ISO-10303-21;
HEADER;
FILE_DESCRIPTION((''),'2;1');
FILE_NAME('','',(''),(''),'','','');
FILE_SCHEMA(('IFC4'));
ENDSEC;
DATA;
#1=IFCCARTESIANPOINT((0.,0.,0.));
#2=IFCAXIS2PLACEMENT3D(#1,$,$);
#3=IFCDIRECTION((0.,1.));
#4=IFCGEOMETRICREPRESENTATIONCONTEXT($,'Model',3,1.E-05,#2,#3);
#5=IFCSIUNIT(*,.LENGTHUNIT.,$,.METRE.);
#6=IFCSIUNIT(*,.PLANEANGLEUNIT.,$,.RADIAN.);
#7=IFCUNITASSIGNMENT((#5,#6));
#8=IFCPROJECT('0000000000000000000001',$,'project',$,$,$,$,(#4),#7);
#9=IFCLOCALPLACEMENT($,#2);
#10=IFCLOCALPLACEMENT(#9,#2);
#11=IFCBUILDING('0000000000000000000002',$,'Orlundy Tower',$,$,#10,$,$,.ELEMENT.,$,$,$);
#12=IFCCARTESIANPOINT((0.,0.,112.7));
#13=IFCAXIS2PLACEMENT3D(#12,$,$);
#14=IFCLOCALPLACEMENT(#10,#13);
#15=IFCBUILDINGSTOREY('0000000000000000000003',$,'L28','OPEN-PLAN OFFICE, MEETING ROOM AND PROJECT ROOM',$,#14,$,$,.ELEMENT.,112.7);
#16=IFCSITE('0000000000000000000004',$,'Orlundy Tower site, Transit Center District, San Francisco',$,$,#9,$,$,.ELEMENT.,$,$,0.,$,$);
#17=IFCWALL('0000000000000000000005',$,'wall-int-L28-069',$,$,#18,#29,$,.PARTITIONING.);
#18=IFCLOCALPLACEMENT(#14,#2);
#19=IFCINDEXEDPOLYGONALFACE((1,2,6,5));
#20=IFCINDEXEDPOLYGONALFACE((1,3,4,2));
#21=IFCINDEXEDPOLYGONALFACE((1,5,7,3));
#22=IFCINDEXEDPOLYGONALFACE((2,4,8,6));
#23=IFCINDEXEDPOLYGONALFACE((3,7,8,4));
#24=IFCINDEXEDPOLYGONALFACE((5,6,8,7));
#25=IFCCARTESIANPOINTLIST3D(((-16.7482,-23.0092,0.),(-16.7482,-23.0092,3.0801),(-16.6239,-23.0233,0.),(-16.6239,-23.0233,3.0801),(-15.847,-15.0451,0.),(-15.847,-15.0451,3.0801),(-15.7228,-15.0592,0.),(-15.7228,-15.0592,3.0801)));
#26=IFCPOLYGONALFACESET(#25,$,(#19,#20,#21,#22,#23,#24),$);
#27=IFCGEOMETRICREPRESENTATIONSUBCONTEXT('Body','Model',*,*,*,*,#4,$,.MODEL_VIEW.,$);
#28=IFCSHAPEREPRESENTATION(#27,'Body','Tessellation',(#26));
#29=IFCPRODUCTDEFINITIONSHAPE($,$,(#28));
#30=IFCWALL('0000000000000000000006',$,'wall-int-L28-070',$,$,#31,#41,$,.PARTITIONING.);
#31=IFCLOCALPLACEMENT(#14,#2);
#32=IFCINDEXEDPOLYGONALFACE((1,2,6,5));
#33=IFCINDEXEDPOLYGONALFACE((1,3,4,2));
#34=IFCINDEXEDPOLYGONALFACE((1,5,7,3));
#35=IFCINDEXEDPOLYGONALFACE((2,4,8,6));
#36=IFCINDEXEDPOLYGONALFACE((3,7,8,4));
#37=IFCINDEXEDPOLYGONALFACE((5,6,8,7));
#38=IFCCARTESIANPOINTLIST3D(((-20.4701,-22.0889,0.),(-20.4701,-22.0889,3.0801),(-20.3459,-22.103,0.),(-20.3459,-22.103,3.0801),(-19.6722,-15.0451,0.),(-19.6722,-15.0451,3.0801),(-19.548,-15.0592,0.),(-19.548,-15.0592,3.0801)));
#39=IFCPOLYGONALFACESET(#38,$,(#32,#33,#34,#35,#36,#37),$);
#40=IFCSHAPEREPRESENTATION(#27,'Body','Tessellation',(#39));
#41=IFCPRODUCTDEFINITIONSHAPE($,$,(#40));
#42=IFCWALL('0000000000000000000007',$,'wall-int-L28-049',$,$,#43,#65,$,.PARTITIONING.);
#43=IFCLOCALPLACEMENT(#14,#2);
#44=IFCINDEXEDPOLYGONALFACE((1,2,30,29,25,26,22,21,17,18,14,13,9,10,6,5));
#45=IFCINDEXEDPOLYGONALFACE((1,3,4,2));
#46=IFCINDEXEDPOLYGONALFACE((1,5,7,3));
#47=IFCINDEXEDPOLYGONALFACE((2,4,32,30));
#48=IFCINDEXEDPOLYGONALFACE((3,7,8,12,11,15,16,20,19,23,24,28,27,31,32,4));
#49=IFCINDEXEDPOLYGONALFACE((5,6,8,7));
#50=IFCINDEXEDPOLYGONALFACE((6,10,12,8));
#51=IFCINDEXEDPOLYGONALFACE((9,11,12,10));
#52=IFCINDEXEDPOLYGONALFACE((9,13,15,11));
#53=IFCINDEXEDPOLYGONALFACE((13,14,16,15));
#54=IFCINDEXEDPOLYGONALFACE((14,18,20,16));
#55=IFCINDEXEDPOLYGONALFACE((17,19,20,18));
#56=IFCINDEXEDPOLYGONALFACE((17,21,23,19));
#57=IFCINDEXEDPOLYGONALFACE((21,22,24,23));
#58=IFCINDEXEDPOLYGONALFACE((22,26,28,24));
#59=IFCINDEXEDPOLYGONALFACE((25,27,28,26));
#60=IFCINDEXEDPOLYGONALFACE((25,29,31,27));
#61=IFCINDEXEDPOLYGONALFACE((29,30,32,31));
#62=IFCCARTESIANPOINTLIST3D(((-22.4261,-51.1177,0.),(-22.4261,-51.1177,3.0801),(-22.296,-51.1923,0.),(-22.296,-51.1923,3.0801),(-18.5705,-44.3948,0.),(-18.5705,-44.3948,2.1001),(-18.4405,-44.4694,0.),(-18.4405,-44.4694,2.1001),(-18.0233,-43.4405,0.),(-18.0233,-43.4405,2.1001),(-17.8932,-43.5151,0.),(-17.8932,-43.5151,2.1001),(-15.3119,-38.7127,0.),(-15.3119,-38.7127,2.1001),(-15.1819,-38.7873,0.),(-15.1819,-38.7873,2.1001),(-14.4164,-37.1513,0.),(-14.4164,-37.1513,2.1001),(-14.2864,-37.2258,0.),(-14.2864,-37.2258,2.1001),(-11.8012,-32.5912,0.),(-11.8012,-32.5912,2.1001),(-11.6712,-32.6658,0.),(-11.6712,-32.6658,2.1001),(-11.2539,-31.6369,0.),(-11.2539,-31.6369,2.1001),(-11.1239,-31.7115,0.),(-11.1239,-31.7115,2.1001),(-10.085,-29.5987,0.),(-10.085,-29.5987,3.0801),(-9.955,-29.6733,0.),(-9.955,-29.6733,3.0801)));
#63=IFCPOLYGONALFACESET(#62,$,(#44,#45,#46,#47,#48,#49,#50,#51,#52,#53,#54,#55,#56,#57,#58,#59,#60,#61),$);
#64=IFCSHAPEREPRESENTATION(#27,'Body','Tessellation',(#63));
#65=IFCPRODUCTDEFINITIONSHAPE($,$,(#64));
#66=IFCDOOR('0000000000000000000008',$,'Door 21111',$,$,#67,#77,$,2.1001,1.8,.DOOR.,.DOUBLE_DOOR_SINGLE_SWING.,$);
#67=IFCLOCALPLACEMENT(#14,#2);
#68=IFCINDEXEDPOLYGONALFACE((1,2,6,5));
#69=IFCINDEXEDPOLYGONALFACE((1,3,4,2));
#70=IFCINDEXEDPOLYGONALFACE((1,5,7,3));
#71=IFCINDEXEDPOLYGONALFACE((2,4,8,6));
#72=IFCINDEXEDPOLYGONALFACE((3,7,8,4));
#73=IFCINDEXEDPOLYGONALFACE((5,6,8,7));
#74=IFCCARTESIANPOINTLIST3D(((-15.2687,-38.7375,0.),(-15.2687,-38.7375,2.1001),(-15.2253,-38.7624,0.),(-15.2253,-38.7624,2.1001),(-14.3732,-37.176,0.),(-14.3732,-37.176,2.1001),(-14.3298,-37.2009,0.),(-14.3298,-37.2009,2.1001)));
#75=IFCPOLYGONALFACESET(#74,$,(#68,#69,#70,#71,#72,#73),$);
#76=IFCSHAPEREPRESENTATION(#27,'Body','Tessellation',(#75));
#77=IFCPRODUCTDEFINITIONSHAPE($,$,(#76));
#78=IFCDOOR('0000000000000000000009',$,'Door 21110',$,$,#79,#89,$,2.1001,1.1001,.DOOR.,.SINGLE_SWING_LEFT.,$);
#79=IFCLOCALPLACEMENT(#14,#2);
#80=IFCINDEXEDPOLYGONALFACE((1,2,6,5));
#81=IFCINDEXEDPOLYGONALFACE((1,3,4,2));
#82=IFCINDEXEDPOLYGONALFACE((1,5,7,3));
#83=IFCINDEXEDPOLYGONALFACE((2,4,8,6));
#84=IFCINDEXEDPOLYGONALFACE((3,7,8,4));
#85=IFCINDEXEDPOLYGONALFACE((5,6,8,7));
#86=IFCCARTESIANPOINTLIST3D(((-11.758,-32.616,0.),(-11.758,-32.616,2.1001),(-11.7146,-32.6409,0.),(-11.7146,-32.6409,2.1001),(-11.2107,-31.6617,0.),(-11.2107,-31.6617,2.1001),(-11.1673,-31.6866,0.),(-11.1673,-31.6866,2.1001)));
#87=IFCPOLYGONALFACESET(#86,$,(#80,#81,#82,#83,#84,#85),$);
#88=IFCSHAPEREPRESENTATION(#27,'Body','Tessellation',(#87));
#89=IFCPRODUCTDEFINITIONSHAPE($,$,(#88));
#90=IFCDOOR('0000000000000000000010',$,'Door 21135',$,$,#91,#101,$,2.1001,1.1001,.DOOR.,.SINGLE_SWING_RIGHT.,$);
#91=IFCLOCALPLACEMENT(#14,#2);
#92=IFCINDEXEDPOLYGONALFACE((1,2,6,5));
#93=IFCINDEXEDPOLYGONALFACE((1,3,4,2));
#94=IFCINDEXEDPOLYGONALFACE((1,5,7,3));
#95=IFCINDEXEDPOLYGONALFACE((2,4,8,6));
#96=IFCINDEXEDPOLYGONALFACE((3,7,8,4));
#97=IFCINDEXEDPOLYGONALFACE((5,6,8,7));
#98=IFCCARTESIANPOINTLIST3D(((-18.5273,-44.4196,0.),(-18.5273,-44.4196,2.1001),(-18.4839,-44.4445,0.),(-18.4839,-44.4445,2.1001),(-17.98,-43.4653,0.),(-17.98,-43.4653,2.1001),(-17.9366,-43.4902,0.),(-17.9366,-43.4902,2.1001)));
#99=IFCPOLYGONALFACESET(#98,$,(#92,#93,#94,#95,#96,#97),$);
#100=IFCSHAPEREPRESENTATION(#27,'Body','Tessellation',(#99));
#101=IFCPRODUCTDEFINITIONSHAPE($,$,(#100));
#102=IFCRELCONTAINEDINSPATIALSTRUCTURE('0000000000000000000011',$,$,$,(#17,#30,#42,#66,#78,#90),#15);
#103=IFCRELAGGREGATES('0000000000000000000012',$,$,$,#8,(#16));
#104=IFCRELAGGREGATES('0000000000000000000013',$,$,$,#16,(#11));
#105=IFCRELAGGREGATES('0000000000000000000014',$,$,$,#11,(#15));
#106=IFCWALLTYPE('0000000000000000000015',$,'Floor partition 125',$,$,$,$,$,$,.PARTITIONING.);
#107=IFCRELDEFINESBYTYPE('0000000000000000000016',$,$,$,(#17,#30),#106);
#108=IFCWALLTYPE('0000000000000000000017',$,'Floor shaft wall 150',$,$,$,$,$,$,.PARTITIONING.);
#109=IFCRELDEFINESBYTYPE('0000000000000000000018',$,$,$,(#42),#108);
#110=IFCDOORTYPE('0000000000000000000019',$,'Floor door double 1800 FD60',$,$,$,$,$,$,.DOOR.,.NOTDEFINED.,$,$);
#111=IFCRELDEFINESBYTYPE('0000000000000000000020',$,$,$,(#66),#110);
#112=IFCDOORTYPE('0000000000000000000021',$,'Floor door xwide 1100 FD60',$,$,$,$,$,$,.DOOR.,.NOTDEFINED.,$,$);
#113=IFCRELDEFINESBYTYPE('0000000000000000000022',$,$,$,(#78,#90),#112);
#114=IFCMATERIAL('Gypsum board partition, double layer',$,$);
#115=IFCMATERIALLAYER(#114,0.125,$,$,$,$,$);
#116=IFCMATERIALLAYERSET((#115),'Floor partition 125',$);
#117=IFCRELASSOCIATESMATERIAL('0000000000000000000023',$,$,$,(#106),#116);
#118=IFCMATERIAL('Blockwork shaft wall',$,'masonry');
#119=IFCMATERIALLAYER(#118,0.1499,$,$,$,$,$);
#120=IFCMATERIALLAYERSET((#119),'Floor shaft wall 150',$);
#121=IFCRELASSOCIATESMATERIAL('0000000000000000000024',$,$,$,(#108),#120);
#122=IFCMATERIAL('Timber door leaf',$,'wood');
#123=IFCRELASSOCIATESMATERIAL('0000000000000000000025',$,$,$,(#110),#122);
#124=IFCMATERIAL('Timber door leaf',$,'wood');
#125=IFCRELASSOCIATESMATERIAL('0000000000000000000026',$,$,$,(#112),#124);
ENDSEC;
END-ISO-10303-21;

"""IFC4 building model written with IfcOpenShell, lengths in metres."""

from ifc_helpers import new_model, si_unit, direction, frame, frame_2d, origin, place, context, subcontext, project, spatial, rectangle, extrude, material, layer, layer_set, type_object, element, fill, save


model = new_model("IFC4")

# Units and contexts
model_context = context("Model", 3, precision=1e-05, world=origin(), true_north=direction((0.0, 1.0)))
body_context = subcontext(model_context, "Body", "Model", "MODEL_VIEW")
ifc_project = project(units=[si_unit("LENGTHUNIT", "METRE"), si_unit("PLANEANGLEUNIT", "RADIAN")], contexts=[model_context])

# Site, building, storey
site_placement = place(None, origin())
site = spatial("IfcSite", under=ifc_project, at=site_placement, Name="Orlundy Tower site, Transit Center District, San Francisco", CompositionType="ELEMENT", RefElevation=0.0)
building_placement = place(site_placement, origin())
building = spatial("IfcBuilding", under=site, at=building_placement, Name="Orlundy Tower", CompositionType="ELEMENT")
storey_placement = place(building_placement, frame((0.0, 0.0, 112.7)))
storey = spatial("IfcBuildingStorey", under=building, at=storey_placement, Name="L28", Description="OPEN-PLAN OFFICE, MEETING ROOM AND PROJECT ROOM", CompositionType="ELEMENT", Elevation=112.7)

# Shared definitions
ifc_material_1 = material(Name="Gypsum board partition, double layer")
ifc_layer_1 = layer(ifc_material_1, 0.125)
ifc_layer_set_1 = layer_set([ifc_layer_1], Name="Floor partition 125")
wall_type_1 = type_object("IfcWallType", Name="Floor partition 125", PredefinedType="PARTITIONING", material=ifc_layer_set_1)

# Walls
wall_1_placement = place(storey_placement, frame((-16.686, -23.0161, 0.0), z_axis=(0.0, 0.0, 1.0), x_axis=(0.112431, 0.99366, 0.0)))
element("IfcWall", 1, at=wall_1_placement, inside=storey, type_object=wall_type_1, Name="wall-int-L28-069", PredefinedType="PARTITIONING", context=body_context, shape_type="SweptSolid", body=[
    extrude(rectangle(XDim=8.0149, YDim=0.125, at=frame_2d((4.0073, 0.0))), origin(), (0.0, 0.0, 1.0), 3.0801),
])
wall_2_placement = place(storey_placement, frame((-20.408, -22.0959, 0.0), z_axis=(0.0, 0.0, 1.0), x_axis=(0.112548, 0.993646, 0.0)))
element("IfcWall", 2, at=wall_2_placement, inside=storey, type_object=wall_type_1, Name="wall-int-L28-070", PredefinedType="PARTITIONING", context=body_context, shape_type="SweptSolid", body=[
    extrude(rectangle(XDim=7.0889, YDim=0.125, at=frame_2d((3.5444, 0.0))), origin(), (0.0, 0.0, 1.0), 3.0801),
])

# Wall, openings, doors
ifc_material_2 = material(Name="Blockwork shaft wall", Category="masonry")
ifc_layer_2 = layer(ifc_material_2, 0.1499)
ifc_layer_set_2 = layer_set([ifc_layer_2], Name="Floor shaft wall 150")
wall_type_2 = type_object("IfcWallType", Name="Floor shaft wall 150", PredefinedType="PARTITIONING", material=ifc_layer_set_2)
wall_3_placement = place(storey_placement, frame((-10.02, -29.636, 0.0), z_axis=(0.0, 0.0, 1.0), x_axis=(-0.49749, -0.86747, 0.0)))
wall_3 = element("IfcWall", 3, at=wall_3_placement, inside=storey, type_object=wall_type_2, Name="wall-int-L28-049", PredefinedType="PARTITIONING", context=body_context, shape_type="SweptSolid", body=[
    extrude(rectangle(XDim=24.8066, YDim=0.1499, at=frame_2d((12.4033, 0.0))), origin(), (0.0, 0.0, 1.0), 3.0801),
])
opening_1_placement = place(wall_3_placement, frame((2.3496, 0.0, 0.0)))
opening_1 = element("IfcOpeningElement", 4, at=opening_1_placement, cuts=wall_3, PredefinedType="OPENING", context=body_context, shape_type="SweptSolid", body=[
    extrude(rectangle(XDim=1.1001, YDim=2.1001, at=frame_2d((0.55, 1.05))), frame((0.0, 0.085, 0.0), z_axis=(0.0, -1.0, 0.0), x_axis=(1.0, 0.0, 0.0)), (0.0, 0.0, 1.0), 0.1699),
])
opening_2_placement = place(wall_3_placement, frame((8.7065, 0.0, 0.0)))
opening_2 = element("IfcOpeningElement", 5, at=opening_2_placement, cuts=wall_3, PredefinedType="OPENING", context=body_context, shape_type="SweptSolid", body=[
    extrude(rectangle(XDim=1.8, YDim=2.1001, at=frame_2d((0.8999, 1.05))), frame((0.0, 0.085, 0.0), z_axis=(0.0, -1.0, 0.0), x_axis=(1.0, 0.0, 0.0)), (0.0, 0.0, 1.0), 0.1699),
])
opening_3_placement = place(wall_3_placement, frame((15.9565, 0.0, 0.0)))
opening_3 = element("IfcOpeningElement", 6, at=opening_3_placement, cuts=wall_3, PredefinedType="OPENING", context=body_context, shape_type="SweptSolid", body=[
    extrude(rectangle(XDim=1.1001, YDim=2.1001, at=frame_2d((0.55, 1.05))), frame((0.0, 0.085, 0.0), z_axis=(0.0, -1.0, 0.0), x_axis=(1.0, 0.0, 0.0)), (0.0, 0.0, 1.0), 0.1699),
])
ifc_material_3 = material(Name="Timber door leaf", Category="wood")
door_type_1 = type_object("IfcDoorType", Name="Floor door double 1800 FD60", OperationType="NOTDEFINED", PredefinedType="DOOR", material=ifc_material_3)
door_1_placement = place(opening_2_placement, origin())
door_1 = element("IfcDoor", 7, at=door_1_placement, inside=storey, type_object=door_type_1, Name="Door 21111", OperationType="DOUBLE_DOOR_SINGLE_SWING", OverallHeight=2.1001, OverallWidth=1.8, PredefinedType="DOOR", context=body_context, shape_type="SweptSolid", body=[
    extrude(rectangle(XDim=1.8, YDim=2.1001, at=frame_2d((0.8999, 1.05))), frame((0.0, 0.0249, 0.0), z_axis=(0.0, -1.0, 0.0), x_axis=(1.0, 0.0, 0.0)), (0.0, 0.0, 1.0), 0.05),
])
fill(opening_2, door_1)
ifc_material_4 = material(Name="Timber door leaf", Category="wood")
door_type_2 = type_object("IfcDoorType", Name="Floor door xwide 1100 FD60", OperationType="NOTDEFINED", PredefinedType="DOOR", material=ifc_material_4)
door_2_placement = place(opening_1_placement, origin())
door_2 = element("IfcDoor", 8, at=door_2_placement, inside=storey, type_object=door_type_2, Name="Door 21110", OperationType="SINGLE_SWING_LEFT", OverallHeight=2.1001, OverallWidth=1.1001, PredefinedType="DOOR", context=body_context, shape_type="SweptSolid", body=[
    extrude(rectangle(XDim=1.1001, YDim=2.1001, at=frame_2d((0.55, 1.05))), frame((0.0, 0.0249, 0.0), z_axis=(0.0, -1.0, 0.0), x_axis=(1.0, 0.0, 0.0)), (0.0, 0.0, 1.0), 0.05),
])
fill(opening_1, door_2)
door_3_placement = place(opening_3_placement, origin())
door_3 = element("IfcDoor", 9, at=door_3_placement, inside=storey, type_object=door_type_2, Name="Door 21135", OperationType="SINGLE_SWING_RIGHT", OverallHeight=2.1001, OverallWidth=1.1001, PredefinedType="DOOR", context=body_context, shape_type="SweptSolid", body=[
    extrude(rectangle(XDim=1.1001, YDim=2.1001, at=frame_2d((0.55, 1.05))), frame((0.0, 0.0249, 0.0), z_axis=(0.0, -1.0, 0.0), x_axis=(1.0, 0.0, 0.0)), (0.0, 0.0, 1.0), 0.05),
])
fill(opening_3, door_3)

save(model, "model.ifc")
